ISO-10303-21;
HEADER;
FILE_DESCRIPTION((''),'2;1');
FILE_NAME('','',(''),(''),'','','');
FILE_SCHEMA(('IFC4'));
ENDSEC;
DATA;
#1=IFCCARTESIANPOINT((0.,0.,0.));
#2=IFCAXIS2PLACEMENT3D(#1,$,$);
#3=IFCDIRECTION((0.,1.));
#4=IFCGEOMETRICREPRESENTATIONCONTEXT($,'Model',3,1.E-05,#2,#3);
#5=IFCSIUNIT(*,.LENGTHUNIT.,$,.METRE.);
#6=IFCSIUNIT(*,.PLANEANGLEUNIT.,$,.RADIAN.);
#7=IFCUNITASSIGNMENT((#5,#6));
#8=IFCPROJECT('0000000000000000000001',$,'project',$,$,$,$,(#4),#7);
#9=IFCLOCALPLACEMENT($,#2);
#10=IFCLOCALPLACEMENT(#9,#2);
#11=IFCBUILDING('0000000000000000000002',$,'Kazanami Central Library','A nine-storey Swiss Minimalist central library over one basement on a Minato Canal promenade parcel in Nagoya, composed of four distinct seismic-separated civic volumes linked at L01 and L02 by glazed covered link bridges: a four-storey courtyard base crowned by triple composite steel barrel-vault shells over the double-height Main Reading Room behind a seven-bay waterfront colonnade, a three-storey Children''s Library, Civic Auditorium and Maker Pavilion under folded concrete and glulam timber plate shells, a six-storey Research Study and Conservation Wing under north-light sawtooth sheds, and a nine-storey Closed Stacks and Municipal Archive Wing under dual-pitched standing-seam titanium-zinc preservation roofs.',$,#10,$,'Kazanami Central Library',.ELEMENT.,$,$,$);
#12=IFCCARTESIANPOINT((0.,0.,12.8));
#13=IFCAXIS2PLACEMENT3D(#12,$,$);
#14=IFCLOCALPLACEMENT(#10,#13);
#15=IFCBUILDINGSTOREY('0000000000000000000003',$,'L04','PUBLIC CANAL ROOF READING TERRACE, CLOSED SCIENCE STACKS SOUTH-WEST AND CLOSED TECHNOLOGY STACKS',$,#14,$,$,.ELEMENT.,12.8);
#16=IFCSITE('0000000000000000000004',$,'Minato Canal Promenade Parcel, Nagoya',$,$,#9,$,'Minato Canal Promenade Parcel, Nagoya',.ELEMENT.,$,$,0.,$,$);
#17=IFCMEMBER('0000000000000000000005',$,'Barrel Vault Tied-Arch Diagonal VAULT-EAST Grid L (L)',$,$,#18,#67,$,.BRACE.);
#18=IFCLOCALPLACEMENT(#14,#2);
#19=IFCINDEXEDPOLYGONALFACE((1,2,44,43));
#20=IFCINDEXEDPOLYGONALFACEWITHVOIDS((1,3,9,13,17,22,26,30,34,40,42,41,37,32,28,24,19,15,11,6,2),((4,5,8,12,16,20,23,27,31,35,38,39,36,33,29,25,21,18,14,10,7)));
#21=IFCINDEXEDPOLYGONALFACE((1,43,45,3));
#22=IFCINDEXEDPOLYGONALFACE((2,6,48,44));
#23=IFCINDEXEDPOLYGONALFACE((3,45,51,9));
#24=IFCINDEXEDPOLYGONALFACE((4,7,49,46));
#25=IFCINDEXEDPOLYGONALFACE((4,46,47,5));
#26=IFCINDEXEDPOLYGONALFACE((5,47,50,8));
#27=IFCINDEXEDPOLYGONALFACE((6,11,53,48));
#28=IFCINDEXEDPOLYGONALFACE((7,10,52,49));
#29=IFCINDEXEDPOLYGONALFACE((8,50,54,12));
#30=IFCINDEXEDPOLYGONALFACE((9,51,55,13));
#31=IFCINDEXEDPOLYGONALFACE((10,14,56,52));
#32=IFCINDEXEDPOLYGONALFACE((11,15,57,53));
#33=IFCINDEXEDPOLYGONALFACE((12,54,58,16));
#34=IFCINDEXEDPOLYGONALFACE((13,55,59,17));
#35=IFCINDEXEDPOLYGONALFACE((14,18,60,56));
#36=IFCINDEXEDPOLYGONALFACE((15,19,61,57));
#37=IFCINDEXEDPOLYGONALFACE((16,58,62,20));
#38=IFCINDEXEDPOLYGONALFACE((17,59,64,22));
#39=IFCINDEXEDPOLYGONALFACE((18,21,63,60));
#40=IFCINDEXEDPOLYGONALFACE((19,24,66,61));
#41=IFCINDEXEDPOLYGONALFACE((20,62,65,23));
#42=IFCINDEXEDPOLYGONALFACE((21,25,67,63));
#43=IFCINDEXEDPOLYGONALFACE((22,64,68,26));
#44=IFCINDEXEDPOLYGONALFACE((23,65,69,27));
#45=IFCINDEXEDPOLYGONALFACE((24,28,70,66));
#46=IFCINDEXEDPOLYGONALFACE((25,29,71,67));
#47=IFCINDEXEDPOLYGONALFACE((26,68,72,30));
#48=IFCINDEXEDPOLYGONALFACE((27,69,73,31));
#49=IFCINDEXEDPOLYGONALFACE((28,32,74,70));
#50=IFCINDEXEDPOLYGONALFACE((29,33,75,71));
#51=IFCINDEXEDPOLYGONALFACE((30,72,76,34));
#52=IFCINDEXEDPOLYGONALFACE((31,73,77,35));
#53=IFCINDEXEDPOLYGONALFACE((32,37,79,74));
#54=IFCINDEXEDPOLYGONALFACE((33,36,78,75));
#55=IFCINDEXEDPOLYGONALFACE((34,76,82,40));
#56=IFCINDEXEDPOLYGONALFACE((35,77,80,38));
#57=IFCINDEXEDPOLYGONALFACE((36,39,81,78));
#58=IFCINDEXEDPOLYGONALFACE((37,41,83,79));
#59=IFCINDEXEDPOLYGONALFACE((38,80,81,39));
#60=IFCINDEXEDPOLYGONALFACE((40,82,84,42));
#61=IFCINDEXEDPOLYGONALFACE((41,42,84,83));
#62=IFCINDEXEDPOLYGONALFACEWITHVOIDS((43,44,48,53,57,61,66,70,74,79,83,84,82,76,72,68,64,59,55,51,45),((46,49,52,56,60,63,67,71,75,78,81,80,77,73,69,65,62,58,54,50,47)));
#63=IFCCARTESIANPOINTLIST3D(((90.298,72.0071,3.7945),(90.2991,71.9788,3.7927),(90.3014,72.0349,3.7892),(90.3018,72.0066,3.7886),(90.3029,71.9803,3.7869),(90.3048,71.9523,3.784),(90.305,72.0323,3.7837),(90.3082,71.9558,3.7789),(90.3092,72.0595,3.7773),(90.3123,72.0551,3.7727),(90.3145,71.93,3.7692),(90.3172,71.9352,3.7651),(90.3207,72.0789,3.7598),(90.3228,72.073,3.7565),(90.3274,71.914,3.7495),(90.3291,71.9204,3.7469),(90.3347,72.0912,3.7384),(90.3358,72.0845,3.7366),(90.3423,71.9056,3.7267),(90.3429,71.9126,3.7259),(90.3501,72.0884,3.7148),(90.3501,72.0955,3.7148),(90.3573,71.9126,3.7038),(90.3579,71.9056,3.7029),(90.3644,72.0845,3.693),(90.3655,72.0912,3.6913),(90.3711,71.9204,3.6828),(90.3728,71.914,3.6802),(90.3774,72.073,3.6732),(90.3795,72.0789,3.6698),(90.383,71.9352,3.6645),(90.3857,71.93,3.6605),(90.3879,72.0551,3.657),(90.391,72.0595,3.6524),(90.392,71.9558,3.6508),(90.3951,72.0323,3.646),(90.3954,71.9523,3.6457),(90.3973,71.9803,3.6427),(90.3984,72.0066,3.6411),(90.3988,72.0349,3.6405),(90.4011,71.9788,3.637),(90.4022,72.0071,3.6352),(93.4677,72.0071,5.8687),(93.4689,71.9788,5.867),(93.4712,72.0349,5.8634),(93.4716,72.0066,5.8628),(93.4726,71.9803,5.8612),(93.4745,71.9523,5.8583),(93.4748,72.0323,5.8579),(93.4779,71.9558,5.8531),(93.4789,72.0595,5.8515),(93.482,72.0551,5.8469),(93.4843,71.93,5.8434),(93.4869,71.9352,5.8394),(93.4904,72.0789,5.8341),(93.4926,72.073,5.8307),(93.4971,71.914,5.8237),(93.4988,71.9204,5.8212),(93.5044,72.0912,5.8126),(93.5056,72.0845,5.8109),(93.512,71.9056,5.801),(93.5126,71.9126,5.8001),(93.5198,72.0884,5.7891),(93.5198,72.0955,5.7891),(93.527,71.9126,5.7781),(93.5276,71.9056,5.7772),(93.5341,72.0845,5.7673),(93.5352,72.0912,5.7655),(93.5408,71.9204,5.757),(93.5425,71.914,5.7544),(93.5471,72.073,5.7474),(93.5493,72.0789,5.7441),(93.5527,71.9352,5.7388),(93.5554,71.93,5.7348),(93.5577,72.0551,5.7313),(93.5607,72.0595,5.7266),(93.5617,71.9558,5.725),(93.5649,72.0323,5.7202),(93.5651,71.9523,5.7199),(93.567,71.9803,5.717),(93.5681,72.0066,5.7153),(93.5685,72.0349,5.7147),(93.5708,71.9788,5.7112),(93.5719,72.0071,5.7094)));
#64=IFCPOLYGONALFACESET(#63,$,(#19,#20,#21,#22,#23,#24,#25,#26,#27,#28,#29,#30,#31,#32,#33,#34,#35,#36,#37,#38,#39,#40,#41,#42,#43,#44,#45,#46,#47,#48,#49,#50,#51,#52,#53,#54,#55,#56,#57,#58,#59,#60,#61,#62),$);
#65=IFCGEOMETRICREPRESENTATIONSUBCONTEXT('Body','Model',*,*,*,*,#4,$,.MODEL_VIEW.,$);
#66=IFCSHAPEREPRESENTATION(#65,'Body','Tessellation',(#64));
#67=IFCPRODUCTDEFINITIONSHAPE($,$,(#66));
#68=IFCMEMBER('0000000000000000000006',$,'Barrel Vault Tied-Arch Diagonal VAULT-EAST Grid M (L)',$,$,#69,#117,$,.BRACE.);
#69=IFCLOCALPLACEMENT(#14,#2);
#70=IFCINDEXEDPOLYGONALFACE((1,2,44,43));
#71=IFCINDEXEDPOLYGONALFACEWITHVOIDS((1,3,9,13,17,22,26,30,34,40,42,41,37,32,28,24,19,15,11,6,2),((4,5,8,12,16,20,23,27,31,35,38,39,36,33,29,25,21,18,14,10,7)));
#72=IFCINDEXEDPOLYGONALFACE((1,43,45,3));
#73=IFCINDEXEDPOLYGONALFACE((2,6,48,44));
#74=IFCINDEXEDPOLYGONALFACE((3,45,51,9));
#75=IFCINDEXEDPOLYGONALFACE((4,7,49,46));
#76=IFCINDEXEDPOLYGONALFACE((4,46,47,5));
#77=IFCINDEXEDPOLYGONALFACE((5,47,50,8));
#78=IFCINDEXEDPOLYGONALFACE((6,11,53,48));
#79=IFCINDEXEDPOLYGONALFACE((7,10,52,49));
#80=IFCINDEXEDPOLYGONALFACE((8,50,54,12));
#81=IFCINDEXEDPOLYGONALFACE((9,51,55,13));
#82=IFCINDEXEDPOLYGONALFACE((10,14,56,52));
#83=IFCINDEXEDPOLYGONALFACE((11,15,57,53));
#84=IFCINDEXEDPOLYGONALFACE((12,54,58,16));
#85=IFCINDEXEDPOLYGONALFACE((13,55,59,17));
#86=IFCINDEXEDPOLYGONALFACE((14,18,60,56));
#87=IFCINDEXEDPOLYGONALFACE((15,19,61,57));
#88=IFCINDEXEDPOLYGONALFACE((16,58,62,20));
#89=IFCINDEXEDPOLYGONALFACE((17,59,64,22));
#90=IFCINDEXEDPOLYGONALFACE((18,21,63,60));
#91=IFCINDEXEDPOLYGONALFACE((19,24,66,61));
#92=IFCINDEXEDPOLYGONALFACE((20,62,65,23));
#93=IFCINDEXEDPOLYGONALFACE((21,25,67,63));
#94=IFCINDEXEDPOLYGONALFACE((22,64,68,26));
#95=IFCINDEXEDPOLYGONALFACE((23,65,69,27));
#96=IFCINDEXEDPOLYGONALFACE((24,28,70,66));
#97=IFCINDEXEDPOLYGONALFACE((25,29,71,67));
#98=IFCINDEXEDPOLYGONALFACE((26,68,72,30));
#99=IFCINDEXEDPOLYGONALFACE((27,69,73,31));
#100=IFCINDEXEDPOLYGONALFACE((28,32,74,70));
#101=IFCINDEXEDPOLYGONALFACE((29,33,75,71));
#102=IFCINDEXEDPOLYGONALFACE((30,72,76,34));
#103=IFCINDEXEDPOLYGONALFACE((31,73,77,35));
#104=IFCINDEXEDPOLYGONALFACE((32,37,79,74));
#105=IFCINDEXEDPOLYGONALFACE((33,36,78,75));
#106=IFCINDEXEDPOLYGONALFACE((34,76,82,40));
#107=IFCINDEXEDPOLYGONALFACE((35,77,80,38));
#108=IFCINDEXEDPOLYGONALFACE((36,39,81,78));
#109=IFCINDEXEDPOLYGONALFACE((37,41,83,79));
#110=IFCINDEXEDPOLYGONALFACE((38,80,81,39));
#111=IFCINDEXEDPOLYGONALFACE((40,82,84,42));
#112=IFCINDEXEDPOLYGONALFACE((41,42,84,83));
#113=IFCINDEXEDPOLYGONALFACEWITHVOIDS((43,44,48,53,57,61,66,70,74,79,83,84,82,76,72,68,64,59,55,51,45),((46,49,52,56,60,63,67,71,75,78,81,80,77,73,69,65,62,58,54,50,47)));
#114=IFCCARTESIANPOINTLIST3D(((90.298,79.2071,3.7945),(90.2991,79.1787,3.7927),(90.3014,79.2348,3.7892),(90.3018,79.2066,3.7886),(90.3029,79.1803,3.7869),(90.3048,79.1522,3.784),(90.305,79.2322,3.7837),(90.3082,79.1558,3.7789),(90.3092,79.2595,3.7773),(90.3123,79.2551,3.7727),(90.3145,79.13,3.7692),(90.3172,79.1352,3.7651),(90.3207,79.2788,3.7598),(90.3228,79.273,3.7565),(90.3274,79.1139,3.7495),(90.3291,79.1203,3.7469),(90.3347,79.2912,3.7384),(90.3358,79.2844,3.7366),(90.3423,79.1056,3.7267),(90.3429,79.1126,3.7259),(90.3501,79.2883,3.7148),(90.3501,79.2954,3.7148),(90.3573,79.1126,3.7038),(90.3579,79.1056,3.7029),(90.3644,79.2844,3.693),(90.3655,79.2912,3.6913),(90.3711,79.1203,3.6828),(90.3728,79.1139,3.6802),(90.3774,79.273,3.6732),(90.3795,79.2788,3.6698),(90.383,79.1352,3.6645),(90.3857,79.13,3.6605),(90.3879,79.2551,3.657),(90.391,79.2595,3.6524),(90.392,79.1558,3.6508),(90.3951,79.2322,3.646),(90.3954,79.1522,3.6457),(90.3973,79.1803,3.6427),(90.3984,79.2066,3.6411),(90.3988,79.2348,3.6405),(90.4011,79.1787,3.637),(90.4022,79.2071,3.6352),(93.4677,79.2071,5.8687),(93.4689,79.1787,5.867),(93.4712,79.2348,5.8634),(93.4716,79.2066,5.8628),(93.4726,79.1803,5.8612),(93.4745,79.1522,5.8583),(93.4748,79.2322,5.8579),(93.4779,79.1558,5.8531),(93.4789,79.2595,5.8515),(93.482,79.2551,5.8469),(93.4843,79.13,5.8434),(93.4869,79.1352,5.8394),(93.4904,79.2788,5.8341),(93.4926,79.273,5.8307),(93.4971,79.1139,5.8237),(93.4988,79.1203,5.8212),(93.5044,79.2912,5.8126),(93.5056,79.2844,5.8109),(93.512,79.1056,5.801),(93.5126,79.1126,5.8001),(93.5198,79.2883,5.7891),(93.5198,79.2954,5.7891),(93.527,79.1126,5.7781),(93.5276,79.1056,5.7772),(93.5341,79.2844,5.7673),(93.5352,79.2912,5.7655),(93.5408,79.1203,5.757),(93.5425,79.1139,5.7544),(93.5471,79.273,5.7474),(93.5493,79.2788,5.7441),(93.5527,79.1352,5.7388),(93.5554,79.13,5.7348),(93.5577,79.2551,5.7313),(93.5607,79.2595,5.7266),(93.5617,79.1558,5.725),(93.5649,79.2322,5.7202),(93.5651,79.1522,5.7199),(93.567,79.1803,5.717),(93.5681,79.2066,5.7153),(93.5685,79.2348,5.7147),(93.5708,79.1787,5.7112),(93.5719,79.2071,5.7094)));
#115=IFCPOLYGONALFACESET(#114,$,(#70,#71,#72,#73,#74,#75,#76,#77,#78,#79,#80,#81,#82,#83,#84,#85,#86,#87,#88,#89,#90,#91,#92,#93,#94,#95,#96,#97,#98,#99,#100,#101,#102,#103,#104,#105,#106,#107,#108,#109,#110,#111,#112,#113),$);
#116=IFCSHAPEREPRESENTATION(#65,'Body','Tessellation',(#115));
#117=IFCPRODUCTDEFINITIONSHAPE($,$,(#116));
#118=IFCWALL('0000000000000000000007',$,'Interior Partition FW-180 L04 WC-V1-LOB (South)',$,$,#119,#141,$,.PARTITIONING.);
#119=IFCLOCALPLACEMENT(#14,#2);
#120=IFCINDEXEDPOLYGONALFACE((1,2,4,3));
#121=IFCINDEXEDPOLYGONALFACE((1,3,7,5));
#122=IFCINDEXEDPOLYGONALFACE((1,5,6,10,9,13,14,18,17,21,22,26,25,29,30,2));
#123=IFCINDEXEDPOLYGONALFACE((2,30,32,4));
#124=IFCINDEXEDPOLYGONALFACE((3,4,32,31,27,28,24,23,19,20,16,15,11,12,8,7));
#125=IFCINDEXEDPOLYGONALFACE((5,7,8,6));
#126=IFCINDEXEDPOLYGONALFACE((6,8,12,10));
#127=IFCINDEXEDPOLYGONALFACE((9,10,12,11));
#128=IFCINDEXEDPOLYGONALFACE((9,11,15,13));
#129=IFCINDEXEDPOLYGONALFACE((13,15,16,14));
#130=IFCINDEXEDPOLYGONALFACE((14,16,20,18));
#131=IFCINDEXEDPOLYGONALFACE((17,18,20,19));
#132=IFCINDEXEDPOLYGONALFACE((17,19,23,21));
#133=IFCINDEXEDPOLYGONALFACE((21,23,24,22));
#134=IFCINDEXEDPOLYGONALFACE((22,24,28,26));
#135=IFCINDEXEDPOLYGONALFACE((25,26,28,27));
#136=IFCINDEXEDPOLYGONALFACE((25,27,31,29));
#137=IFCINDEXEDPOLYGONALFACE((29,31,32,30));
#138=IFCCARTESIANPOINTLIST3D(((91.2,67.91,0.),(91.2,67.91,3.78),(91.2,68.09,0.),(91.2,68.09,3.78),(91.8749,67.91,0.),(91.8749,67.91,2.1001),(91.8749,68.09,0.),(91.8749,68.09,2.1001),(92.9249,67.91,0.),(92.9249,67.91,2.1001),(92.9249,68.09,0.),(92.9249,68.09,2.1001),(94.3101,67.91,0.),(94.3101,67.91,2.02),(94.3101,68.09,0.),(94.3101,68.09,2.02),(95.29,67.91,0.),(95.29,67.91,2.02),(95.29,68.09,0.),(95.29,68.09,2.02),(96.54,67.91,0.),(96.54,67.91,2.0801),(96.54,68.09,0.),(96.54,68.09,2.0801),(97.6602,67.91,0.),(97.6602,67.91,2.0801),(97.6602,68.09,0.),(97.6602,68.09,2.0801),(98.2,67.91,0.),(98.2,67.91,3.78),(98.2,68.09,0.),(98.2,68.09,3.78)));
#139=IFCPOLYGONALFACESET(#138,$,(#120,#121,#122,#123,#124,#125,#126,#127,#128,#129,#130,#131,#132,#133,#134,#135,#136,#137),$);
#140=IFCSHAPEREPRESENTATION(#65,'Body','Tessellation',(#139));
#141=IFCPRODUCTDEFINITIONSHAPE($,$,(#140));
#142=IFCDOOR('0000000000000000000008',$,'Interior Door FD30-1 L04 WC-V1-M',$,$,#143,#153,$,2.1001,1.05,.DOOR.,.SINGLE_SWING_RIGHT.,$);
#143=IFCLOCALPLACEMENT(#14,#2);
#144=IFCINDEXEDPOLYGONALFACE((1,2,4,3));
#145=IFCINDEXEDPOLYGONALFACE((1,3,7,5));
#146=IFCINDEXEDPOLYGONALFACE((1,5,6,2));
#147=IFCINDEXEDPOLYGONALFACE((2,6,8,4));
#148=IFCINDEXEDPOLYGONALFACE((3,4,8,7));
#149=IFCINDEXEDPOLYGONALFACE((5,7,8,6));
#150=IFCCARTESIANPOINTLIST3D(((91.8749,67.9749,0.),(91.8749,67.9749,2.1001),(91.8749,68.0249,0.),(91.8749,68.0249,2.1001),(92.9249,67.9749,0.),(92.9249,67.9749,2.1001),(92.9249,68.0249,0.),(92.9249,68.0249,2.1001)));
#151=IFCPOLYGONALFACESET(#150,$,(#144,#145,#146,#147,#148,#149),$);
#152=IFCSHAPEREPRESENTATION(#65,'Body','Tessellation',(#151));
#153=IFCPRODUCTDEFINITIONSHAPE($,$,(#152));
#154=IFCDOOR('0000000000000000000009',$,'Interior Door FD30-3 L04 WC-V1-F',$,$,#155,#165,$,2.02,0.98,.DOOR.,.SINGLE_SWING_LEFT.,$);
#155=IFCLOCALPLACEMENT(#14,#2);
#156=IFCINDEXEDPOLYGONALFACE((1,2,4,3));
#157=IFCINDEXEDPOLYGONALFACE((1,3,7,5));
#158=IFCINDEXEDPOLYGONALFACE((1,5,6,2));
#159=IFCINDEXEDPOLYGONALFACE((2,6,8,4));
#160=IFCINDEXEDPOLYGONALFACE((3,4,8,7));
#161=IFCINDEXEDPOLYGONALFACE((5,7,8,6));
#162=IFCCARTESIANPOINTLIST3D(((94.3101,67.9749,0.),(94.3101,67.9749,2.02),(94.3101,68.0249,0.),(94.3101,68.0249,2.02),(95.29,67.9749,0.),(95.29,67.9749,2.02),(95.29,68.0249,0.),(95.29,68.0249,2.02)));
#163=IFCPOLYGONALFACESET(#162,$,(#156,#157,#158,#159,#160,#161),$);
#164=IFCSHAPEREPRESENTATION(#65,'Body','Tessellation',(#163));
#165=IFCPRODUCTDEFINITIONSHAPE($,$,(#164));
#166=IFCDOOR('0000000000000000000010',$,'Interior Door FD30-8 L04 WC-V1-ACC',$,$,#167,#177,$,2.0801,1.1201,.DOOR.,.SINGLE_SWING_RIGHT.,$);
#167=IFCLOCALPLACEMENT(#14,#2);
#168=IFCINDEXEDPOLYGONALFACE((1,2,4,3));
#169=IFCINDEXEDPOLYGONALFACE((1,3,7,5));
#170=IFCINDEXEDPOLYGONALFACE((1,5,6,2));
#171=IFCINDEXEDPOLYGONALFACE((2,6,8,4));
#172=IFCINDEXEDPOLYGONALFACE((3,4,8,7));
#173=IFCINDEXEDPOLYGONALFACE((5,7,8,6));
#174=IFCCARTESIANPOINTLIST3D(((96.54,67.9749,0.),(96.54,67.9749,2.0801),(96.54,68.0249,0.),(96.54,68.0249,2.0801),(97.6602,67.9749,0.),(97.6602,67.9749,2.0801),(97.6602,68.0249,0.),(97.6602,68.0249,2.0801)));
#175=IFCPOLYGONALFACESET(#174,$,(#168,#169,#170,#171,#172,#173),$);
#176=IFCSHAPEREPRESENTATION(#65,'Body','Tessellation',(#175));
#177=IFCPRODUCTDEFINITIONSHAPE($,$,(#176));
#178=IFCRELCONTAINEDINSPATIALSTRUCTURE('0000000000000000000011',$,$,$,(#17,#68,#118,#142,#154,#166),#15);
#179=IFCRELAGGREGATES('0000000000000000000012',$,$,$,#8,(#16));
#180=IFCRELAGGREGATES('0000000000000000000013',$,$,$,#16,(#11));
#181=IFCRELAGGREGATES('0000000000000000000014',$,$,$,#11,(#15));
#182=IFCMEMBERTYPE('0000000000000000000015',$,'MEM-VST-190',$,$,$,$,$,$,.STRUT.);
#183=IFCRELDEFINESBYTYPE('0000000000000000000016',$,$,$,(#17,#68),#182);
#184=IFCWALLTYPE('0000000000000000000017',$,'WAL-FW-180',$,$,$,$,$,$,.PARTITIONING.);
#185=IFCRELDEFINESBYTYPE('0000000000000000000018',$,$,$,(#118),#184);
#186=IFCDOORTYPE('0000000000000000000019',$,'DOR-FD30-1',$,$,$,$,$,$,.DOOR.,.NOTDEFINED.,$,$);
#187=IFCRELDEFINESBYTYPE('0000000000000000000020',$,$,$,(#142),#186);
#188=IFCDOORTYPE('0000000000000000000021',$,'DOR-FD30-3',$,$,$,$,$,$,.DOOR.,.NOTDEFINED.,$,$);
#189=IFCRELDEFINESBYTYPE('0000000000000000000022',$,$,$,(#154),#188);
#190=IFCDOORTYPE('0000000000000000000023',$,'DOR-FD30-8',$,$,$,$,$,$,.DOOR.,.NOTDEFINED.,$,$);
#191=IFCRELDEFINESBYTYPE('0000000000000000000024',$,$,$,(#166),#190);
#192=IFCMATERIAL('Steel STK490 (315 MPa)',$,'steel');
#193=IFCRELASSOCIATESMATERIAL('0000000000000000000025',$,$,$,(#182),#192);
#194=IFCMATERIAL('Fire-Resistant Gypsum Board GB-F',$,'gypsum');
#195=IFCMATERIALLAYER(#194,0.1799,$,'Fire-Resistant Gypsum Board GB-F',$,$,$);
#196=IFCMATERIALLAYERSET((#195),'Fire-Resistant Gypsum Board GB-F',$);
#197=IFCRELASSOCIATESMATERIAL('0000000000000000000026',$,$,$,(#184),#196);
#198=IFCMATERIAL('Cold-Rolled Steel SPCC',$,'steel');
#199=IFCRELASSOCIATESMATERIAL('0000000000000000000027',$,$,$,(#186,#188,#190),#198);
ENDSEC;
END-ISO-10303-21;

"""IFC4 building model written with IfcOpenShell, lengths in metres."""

from ifc_helpers import new_model, si_unit, direction, frame, frame_2d, origin, origin_2d, place, context, subcontext, project, spatial, rectangle, hollow_circle, extrude, material, layer, layer_set, material_profile, profile_set, type_object, element, fill, save


model = new_model("IFC4")

# Units and contexts
model_context = context("Model", 3, precision=1e-05, world=origin(), true_north=direction((0.0, 1.0)))
body_context = subcontext(model_context, "Body", "Model", "MODEL_VIEW")
ifc_project = project(units=[si_unit("LENGTHUNIT", "METRE"), si_unit("PLANEANGLEUNIT", "RADIAN")], contexts=[model_context])

# Site, building, storey
site_placement = place(None, origin())
site = spatial("IfcSite", under=ifc_project, at=site_placement, Name="Minato Canal Promenade Parcel, Nagoya", LongName="Minato Canal Promenade Parcel, Nagoya", CompositionType="ELEMENT", RefElevation=0.0)
building_placement = place(site_placement, origin())
building = spatial("IfcBuilding", under=site, at=building_placement, Name="Kazanami Central Library", Description="A nine-storey Swiss Minimalist central library over one basement on a Minato Canal promenade parcel in Nagoya, composed of four distinct seismic-separated civic volumes linked at L01 and L02 by glazed covered link bridges: a four-storey courtyard base crowned by triple composite steel barrel-vault shells over the double-height Main Reading Room behind a seven-bay waterfront colonnade, a three-storey Children's Library, Civic Auditorium and Maker Pavilion under folded concrete and glulam timber plate shells, a six-storey Research Study and Conservation Wing under north-light sawtooth sheds, and a nine-storey Closed Stacks and Municipal Archive Wing under dual-pitched standing-seam titanium-zinc preservation roofs.", LongName="Kazanami Central Library", CompositionType="ELEMENT")
storey_placement = place(building_placement, frame((0.0, 0.0, 12.8)))
storey = spatial("IfcBuildingStorey", under=building, at=storey_placement, Name="L04", Description="PUBLIC CANAL ROOF READING TERRACE, CLOSED SCIENCE STACKS SOUTH-WEST AND CLOSED TECHNOLOGY STACKS", CompositionType="ELEMENT", Elevation=12.8)

# Members
ifc_material_1 = material(Name="Steel STK490 (315 MPa)", Category="steel")
ifc_material_profile_1 = material_profile(ifc_material_1, hollow_circle(Radius=0.0955, WallThickness=0.0071, at=origin_2d()), Name="CHS-190.7x7.0")
ifc_profile_set_1 = profile_set([ifc_material_profile_1], Name="Steel STK490 (315 MPa)")
member_type_1 = type_object("IfcMemberType", Name="MEM-VST-190", PredefinedType="STRUT", material=ifc_profile_set_1)
for number, where, z_axis, x_axis, name in (
    (1, (90.3501, 72.0, 3.7148), (0.83676, 0.0, 0.547571), (0.0, 1.0, 0.0), "Barrel Vault Tied-Arch Diagonal VAULT-EAST Grid L (L)"),
    (2, (90.3501, 79.2, 3.7148), (0.83676, 0.0, 0.547571), (0.0, 1.0, 0.0), "Barrel Vault Tied-Arch Diagonal VAULT-EAST Grid M (L)"),
):
    element("IfcMember", number, at=place(storey_placement, frame(where, z_axis=z_axis, x_axis=x_axis)), inside=storey, type_object=member_type_1, Name=name, PredefinedType="BRACE", context=body_context, shape_type="SweptSolid", body=[
        extrude(hollow_circle(Radius=0.0955, WallThickness=0.0071, at=origin_2d()), origin(), (0.0, 0.0, 1.0), 3.7881),
    ])

# Wall, openings, doors
ifc_material_2 = material(Name="Fire-Resistant Gypsum Board GB-F", Category="gypsum")
ifc_layer_1 = layer(ifc_material_2, 0.1799, Name="Fire-Resistant Gypsum Board GB-F")
ifc_layer_set_1 = layer_set([ifc_layer_1], Name="Fire-Resistant Gypsum Board GB-F")
wall_type_1 = type_object("IfcWallType", Name="WAL-FW-180", PredefinedType="PARTITIONING", material=ifc_layer_set_1)
wall_1_placement = place(storey_placement, frame((91.2, 68.0, 0.0), z_axis=(0.0, 0.0, 1.0), x_axis=(1.0, 0.0, 0.0)))
wall_1 = element("IfcWall", 3, at=wall_1_placement, inside=storey, type_object=wall_type_1, Name="Interior Partition FW-180 L04 WC-V1-LOB (South)", PredefinedType="PARTITIONING", context=body_context, shape_type="SweptSolid", body=[
    extrude(rectangle(XDim=7.0, YDim=0.1799, at=frame_2d((3.5, 0.0))), origin(), (0.0, 0.0, 1.0), 3.78),
])
opening_1_placement = place(wall_1_placement, frame((0.675, 0.0, 0.0)))
opening_1 = element("IfcOpeningElement", 4, at=opening_1_placement, cuts=wall_1, PredefinedType="OPENING", context=body_context, shape_type="SweptSolid", body=[
    extrude(rectangle(XDim=1.05, YDim=2.1001, at=frame_2d((0.5249, 1.05))), frame((0.0, 0.1021, 0.0), z_axis=(0.0, -1.0, 0.0), x_axis=(1.0, 0.0, 0.0)), (0.0, 0.0, 1.0), 0.2039),
])
opening_2_placement = place(wall_1_placement, frame((3.1101, 0.0, 0.0)))
opening_2 = element("IfcOpeningElement", 5, at=opening_2_placement, cuts=wall_1, PredefinedType="OPENING", context=body_context, shape_type="SweptSolid", body=[
    extrude(rectangle(XDim=0.98, YDim=2.02, at=frame_2d((0.49, 1.01))), frame((0.0, 0.1021, 0.0), z_axis=(0.0, -1.0, 0.0), x_axis=(1.0, 0.0, 0.0)), (0.0, 0.0, 1.0), 0.2039),
])
opening_3_placement = place(wall_1_placement, frame((5.3401, 0.0, 0.0)))
opening_3 = element("IfcOpeningElement", 6, at=opening_3_placement, cuts=wall_1, PredefinedType="OPENING", context=body_context, shape_type="SweptSolid", body=[
    extrude(rectangle(XDim=1.1201, YDim=2.0801, at=frame_2d((0.5601, 1.04))), frame((0.0, 0.1021, 0.0), z_axis=(0.0, -1.0, 0.0), x_axis=(1.0, 0.0, 0.0)), (0.0, 0.0, 1.0), 0.2039),
])
ifc_material_3 = material(Name="Cold-Rolled Steel SPCC", Category="steel")
door_type_1 = type_object("IfcDoorType", Name="DOR-FD30-1", OperationType="NOTDEFINED", PredefinedType="DOOR", material=ifc_material_3)
door_1_placement = place(opening_1_placement, origin())
door_1 = element("IfcDoor", 7, at=door_1_placement, inside=storey, type_object=door_type_1, Name="Interior Door FD30-1 L04 WC-V1-M", OperationType="SINGLE_SWING_RIGHT", OverallHeight=2.1001, OverallWidth=1.05, PredefinedType="DOOR", context=body_context, shape_type="SweptSolid", body=[
    extrude(rectangle(XDim=1.05, YDim=2.1001, at=frame_2d((0.5249, 1.05))), frame((0.0, 0.0249, 0.0), z_axis=(0.0, -1.0, 0.0), x_axis=(1.0, 0.0, 0.0)), (0.0, 0.0, 1.0), 0.05),
])
fill(opening_1, door_1)
door_type_2 = type_object("IfcDoorType", Name="DOR-FD30-3", OperationType="NOTDEFINED", PredefinedType="DOOR", material=ifc_material_3)
door_2_placement = place(opening_2_placement, origin())
door_2 = element("IfcDoor", 8, at=door_2_placement, inside=storey, type_object=door_type_2, Name="Interior Door FD30-3 L04 WC-V1-F", OperationType="SINGLE_SWING_LEFT", OverallHeight=2.02, OverallWidth=0.98, PredefinedType="DOOR", context=body_context, shape_type="SweptSolid", body=[
    extrude(rectangle(XDim=0.98, YDim=2.02, at=frame_2d((0.49, 1.01))), frame((0.0, 0.0249, 0.0), z_axis=(0.0, -1.0, 0.0), x_axis=(1.0, 0.0, 0.0)), (0.0, 0.0, 1.0), 0.05),
])
fill(opening_2, door_2)
door_type_3 = type_object("IfcDoorType", Name="DOR-FD30-8", OperationType="NOTDEFINED", PredefinedType="DOOR", material=ifc_material_3)
door_3_placement = place(opening_3_placement, origin())
door_3 = element("IfcDoor", 9, at=door_3_placement, inside=storey, type_object=door_type_3, Name="Interior Door FD30-8 L04 WC-V1-ACC", OperationType="SINGLE_SWING_RIGHT", OverallHeight=2.0801, OverallWidth=1.1201, PredefinedType="DOOR", context=body_context, shape_type="SweptSolid", body=[
    extrude(rectangle(XDim=1.1201, YDim=2.0801, at=frame_2d((0.5601, 1.04))), frame((0.0, 0.0249, 0.0), z_axis=(0.0, -1.0, 0.0), x_axis=(1.0, 0.0, 0.0)), (0.0, 0.0, 1.0), 0.05),
])
fill(opening_3, door_3)

save(model, "model.ifc")
